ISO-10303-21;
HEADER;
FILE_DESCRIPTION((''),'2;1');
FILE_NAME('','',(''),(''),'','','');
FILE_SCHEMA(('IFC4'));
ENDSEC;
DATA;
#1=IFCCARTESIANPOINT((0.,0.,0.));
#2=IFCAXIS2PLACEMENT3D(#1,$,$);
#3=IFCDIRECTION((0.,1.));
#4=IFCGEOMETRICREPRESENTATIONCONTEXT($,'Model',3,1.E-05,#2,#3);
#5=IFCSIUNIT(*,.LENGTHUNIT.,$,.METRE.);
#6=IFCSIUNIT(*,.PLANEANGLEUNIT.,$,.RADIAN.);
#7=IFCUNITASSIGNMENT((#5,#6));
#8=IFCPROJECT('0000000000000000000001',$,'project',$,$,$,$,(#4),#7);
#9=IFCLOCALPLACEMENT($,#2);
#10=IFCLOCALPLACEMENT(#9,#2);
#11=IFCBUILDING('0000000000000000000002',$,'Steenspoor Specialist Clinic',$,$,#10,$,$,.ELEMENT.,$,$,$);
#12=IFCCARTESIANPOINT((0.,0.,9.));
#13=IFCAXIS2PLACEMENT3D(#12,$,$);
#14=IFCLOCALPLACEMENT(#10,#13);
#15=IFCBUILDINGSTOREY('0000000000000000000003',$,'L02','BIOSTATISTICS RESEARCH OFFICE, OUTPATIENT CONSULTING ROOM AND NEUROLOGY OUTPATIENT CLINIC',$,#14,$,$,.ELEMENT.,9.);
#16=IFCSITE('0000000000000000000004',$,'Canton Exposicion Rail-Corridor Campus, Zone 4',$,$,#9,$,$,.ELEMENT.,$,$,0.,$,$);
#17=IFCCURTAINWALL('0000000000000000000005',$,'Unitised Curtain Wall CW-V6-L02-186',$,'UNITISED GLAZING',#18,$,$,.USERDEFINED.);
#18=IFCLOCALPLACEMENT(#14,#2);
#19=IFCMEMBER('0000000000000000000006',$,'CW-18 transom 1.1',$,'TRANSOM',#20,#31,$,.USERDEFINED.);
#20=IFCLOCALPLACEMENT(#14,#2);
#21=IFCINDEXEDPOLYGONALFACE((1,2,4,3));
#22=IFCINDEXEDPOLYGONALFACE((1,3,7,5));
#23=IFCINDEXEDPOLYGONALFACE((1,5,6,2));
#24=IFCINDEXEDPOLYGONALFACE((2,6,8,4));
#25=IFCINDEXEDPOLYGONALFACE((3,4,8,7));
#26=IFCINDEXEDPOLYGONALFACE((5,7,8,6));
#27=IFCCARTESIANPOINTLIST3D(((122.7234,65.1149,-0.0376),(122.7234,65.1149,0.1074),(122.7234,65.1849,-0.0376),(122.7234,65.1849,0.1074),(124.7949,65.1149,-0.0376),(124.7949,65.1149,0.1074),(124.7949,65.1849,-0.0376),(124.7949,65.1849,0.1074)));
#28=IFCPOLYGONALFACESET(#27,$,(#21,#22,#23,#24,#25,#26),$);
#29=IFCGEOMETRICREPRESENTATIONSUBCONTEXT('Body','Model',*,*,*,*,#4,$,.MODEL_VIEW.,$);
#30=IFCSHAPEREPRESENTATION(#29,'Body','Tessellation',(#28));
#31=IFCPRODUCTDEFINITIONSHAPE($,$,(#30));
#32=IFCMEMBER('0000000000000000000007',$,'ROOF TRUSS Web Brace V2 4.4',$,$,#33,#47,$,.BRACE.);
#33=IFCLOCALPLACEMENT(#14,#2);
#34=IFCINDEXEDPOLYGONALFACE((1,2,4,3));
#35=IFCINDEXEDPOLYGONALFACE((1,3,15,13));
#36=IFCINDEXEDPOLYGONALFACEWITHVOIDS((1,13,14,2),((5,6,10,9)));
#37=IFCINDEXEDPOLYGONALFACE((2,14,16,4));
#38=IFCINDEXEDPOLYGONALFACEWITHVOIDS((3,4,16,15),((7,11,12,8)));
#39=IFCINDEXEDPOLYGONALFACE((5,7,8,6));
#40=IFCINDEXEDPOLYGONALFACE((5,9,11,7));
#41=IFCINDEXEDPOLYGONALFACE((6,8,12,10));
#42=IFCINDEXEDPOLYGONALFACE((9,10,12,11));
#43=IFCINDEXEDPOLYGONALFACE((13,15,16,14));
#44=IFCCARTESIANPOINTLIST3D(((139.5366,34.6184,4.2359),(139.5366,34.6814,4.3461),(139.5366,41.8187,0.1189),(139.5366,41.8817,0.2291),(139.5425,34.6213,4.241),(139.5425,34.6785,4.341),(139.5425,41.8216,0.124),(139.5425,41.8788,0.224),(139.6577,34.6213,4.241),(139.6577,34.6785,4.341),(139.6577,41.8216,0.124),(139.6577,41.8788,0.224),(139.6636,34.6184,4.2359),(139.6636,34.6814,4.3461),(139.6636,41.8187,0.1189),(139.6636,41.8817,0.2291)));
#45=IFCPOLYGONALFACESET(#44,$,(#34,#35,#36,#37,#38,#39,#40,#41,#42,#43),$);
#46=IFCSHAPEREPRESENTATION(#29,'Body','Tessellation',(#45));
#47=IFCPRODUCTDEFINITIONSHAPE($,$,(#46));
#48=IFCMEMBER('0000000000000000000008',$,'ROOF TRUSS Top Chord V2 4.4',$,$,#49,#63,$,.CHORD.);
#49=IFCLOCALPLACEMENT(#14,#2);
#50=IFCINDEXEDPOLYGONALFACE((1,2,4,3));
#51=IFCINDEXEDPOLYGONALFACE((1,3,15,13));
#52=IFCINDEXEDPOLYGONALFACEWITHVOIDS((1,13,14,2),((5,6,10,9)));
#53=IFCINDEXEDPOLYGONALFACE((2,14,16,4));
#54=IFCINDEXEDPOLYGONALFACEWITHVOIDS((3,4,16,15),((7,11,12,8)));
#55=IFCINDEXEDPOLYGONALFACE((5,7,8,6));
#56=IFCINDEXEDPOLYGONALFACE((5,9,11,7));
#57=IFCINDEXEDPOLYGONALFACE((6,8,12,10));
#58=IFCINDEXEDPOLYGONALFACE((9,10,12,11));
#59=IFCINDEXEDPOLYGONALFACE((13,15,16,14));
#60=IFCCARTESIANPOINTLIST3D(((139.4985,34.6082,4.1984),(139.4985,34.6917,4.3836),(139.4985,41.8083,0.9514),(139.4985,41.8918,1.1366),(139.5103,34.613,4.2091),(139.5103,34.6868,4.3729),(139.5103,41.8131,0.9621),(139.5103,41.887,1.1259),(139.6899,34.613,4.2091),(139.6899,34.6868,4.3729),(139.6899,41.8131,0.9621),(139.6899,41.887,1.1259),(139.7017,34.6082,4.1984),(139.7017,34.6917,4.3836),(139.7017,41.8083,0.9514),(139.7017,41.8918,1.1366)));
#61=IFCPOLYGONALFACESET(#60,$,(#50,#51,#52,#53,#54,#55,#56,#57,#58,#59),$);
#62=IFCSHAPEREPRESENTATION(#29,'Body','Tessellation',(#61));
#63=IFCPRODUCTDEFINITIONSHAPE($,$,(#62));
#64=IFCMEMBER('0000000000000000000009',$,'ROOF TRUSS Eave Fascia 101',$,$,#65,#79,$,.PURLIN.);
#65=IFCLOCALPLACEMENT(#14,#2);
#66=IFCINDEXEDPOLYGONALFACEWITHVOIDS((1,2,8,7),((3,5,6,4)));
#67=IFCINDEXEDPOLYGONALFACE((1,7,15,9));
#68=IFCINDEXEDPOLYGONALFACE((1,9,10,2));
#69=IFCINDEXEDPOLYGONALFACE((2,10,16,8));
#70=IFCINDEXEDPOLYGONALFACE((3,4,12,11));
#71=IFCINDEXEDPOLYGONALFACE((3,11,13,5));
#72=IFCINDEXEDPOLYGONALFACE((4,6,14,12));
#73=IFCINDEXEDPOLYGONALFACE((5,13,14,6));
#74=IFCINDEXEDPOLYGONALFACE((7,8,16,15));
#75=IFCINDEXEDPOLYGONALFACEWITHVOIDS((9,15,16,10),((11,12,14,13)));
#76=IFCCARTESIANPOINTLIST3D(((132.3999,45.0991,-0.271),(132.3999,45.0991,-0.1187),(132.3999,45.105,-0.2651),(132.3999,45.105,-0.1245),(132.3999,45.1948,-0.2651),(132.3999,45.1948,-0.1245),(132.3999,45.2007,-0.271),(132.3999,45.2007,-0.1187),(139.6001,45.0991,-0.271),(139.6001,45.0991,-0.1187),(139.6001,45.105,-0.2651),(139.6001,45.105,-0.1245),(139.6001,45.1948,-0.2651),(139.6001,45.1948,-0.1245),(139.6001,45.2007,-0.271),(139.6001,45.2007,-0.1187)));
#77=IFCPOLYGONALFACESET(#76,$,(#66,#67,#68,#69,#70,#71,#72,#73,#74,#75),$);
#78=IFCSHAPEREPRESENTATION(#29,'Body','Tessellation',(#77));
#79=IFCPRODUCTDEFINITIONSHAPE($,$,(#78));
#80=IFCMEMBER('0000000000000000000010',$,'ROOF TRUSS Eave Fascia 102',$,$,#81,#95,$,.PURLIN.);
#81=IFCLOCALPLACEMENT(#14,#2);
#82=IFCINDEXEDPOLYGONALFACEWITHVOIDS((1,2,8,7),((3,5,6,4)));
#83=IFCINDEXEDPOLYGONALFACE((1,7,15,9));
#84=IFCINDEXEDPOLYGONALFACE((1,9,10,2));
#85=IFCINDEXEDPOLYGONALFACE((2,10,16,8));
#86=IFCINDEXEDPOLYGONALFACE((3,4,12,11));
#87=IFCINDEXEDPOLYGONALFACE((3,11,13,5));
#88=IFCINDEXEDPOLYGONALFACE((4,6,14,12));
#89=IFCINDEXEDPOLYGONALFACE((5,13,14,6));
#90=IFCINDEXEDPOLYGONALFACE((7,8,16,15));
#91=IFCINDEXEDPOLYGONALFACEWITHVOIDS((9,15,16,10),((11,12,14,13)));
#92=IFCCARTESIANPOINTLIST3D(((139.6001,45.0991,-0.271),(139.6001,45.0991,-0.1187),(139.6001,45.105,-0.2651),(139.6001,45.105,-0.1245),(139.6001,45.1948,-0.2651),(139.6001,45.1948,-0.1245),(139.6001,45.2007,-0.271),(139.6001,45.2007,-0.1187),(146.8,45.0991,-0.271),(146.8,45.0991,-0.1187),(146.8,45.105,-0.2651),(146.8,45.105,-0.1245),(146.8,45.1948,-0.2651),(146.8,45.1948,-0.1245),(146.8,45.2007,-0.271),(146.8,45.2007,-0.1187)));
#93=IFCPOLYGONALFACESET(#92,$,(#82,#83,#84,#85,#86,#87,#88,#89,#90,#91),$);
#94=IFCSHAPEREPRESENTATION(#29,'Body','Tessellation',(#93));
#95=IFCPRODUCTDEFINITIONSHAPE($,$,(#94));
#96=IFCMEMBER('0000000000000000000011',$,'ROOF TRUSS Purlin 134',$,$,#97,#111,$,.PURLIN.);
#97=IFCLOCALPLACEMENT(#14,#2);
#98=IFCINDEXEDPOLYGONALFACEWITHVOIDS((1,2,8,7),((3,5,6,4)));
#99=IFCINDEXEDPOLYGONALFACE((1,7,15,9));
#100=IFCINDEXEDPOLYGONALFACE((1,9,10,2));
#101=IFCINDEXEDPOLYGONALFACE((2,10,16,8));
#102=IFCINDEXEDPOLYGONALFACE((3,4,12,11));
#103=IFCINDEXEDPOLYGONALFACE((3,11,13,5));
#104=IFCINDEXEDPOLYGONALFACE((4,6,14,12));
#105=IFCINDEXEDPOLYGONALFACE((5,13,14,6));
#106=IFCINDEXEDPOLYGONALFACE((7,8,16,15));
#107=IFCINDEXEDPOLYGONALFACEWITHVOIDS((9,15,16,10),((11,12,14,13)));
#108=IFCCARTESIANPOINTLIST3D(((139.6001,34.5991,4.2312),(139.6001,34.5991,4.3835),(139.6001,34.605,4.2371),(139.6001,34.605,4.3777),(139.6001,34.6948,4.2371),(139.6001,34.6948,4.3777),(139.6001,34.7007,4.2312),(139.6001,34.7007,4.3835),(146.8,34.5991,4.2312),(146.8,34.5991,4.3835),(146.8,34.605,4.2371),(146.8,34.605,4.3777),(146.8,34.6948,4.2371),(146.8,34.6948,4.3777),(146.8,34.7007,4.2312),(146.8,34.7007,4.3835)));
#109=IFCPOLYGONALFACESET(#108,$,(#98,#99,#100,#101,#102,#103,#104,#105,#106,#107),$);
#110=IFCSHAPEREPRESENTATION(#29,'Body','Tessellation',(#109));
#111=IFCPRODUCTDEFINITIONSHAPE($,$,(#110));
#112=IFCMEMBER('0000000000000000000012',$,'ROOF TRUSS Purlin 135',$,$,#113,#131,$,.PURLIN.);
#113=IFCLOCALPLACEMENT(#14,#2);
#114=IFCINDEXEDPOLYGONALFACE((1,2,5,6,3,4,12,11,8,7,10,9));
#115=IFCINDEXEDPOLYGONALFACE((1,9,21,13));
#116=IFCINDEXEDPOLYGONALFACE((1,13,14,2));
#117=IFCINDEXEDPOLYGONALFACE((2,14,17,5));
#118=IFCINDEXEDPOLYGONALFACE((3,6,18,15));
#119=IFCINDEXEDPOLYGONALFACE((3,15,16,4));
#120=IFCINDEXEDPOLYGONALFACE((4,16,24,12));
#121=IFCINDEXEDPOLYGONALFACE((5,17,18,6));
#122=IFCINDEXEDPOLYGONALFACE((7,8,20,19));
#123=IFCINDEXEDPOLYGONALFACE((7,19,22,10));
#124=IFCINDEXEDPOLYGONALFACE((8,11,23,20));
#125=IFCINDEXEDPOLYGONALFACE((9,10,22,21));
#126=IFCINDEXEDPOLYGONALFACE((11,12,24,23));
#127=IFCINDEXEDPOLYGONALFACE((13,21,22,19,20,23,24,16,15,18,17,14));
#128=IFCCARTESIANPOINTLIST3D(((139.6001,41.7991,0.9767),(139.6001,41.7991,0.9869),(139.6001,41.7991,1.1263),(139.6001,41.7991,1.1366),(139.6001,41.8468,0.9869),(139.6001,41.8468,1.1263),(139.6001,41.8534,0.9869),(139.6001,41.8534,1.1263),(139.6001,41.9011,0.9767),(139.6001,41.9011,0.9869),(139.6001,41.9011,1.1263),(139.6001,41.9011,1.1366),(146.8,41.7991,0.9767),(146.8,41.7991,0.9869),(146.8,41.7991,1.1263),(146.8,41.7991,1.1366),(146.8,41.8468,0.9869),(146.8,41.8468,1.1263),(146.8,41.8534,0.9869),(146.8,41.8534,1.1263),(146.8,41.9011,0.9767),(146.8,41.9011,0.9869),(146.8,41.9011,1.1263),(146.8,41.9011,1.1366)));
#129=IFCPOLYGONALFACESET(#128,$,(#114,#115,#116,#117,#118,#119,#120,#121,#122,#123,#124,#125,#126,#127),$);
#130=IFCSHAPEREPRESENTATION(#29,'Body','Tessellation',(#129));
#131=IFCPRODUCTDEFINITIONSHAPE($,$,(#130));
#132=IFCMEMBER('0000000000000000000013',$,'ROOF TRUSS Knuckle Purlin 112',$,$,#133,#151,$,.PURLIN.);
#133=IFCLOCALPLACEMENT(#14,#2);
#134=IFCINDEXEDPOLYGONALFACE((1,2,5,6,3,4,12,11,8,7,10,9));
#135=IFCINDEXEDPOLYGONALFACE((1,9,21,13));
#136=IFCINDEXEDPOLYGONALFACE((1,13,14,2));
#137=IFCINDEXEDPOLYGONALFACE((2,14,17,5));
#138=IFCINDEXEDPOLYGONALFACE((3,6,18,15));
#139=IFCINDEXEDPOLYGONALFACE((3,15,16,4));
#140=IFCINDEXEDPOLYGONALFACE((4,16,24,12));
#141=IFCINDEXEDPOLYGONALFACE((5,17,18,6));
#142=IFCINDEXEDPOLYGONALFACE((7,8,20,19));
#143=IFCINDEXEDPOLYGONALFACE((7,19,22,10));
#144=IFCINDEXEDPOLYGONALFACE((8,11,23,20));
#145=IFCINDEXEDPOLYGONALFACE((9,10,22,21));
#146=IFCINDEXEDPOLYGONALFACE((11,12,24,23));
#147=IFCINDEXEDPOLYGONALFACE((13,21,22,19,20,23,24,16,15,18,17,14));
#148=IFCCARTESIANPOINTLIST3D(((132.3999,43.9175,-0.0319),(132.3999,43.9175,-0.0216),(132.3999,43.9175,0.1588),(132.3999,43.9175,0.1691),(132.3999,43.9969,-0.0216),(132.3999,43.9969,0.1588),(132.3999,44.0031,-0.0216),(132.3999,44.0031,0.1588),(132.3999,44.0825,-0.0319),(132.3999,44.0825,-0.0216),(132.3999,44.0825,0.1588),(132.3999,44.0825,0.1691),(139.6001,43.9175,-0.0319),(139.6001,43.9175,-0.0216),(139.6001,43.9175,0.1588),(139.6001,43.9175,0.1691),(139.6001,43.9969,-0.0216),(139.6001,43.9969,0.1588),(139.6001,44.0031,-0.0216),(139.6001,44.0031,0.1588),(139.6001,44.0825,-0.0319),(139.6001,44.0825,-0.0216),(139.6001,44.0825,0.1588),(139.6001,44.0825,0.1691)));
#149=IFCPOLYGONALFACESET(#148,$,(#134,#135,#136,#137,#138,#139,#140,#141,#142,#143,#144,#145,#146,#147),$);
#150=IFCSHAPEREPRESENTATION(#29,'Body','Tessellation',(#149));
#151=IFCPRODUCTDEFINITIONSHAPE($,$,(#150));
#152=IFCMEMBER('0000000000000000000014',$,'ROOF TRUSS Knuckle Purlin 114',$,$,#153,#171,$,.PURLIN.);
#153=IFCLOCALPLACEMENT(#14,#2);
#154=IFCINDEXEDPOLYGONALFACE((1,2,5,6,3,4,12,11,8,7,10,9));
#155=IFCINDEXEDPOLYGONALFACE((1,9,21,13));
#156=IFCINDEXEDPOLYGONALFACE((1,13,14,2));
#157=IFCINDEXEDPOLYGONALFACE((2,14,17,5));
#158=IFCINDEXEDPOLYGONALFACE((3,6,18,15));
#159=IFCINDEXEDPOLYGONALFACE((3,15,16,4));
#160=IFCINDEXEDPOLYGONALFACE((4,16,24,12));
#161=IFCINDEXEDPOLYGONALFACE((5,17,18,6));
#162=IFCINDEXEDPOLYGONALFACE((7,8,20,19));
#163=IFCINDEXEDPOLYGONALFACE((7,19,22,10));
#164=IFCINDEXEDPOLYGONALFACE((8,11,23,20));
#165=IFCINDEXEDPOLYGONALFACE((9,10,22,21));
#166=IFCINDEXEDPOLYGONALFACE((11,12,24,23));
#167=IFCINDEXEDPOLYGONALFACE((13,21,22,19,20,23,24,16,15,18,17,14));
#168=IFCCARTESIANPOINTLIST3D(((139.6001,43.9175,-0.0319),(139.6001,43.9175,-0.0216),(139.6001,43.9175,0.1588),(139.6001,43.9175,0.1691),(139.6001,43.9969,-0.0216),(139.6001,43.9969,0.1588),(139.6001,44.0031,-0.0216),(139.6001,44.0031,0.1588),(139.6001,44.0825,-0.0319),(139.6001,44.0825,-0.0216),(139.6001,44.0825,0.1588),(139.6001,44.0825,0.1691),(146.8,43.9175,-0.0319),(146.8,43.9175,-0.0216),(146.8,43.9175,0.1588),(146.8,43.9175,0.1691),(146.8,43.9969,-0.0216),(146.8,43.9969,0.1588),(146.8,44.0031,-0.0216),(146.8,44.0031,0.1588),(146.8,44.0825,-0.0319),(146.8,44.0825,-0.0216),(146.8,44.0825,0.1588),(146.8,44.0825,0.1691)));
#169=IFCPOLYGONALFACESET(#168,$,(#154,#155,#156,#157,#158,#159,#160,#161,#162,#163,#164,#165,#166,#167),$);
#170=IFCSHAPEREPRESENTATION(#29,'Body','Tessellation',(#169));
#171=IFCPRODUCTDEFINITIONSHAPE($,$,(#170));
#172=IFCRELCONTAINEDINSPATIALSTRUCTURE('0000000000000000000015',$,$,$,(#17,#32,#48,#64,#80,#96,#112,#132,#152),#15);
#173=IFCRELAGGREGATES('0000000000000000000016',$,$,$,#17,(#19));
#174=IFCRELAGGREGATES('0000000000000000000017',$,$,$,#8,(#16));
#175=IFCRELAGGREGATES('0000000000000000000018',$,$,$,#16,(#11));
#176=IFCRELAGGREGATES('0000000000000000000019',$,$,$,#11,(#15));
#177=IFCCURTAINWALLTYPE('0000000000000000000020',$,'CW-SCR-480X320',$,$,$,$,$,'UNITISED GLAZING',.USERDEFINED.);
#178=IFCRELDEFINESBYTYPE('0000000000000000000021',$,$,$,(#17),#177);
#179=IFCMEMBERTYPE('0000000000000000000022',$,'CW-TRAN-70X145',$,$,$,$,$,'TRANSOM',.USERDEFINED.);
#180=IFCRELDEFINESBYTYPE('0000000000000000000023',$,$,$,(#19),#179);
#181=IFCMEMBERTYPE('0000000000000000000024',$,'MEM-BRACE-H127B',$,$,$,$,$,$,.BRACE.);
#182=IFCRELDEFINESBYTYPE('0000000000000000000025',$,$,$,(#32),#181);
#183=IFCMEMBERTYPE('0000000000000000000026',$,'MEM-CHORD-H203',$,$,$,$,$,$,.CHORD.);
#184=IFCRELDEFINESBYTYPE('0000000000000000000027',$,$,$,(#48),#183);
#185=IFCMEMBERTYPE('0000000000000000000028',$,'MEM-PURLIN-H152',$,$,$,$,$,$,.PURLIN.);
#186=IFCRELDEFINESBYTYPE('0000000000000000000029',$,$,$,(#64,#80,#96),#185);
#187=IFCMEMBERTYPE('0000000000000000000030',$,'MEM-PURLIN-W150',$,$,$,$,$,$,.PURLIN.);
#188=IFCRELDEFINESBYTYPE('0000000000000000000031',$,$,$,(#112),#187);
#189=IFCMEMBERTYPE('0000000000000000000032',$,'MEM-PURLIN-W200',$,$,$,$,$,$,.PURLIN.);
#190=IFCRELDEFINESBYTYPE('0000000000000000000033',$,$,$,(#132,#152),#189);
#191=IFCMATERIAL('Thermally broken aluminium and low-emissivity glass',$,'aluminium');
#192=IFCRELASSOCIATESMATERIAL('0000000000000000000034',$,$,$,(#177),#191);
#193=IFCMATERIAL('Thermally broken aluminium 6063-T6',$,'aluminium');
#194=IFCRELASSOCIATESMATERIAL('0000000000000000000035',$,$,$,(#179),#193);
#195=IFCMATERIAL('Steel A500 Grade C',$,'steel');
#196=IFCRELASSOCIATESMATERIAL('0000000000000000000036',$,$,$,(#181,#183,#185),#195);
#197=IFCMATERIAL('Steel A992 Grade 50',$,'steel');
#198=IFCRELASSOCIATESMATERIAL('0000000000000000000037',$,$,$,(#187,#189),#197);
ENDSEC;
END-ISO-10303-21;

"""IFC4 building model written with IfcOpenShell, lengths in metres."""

from ifc_helpers import new_model, si_unit, direction, frame, origin, origin_2d, place, context, subcontext, project, spatial, rectangle, hollow_rectangle, i_section, extrude, material, material_profile, profile_set, type_object, element, aggregate, save


model = new_model("IFC4")

# Units and contexts
model_context = context("Model", 3, precision=1e-05, world=origin(), true_north=direction((0.0, 1.0)))
body_context = subcontext(model_context, "Body", "Model", "MODEL_VIEW")
ifc_project = project(units=[si_unit("LENGTHUNIT", "METRE"), si_unit("PLANEANGLEUNIT", "RADIAN")], contexts=[model_context])

# Site, building, storey
site_placement = place(None, origin())
site = spatial("IfcSite", under=ifc_project, at=site_placement, Name="Canton Exposicion Rail-Corridor Campus, Zone 4", CompositionType="ELEMENT", RefElevation=0.0)
building_placement = place(site_placement, origin())
building = spatial("IfcBuilding", under=site, at=building_placement, Name="Steenspoor Specialist Clinic", CompositionType="ELEMENT")
storey_placement = place(building_placement, frame((0.0, 0.0, 9.0)))
storey = spatial("IfcBuildingStorey", under=building, at=storey_placement, Name="L02", Description="BIOSTATISTICS RESEARCH OFFICE, OUTPATIENT CONSULTING ROOM AND NEUROLOGY OUTPATIENT CLINIC", CompositionType="ELEMENT", Elevation=9.0)

# Curtain wall, member
ifc_material_1 = material(Name="Thermally broken aluminium and low-emissivity glass", Category="aluminium")
curtain_wall_type = type_object("IfcCurtainWallType", Name="CW-SCR-480X320", ElementType="UNITISED GLAZING", PredefinedType="USERDEFINED", material=ifc_material_1)
curtain_wall_placement = place(storey_placement, origin())
curtain_wall = element("IfcCurtainWall", 1, at=curtain_wall_placement, inside=storey, type_object=curtain_wall_type, Name="Unitised Curtain Wall CW-V6-L02-186", ObjectType="UNITISED GLAZING", PredefinedType="USERDEFINED")
ifc_material_2 = material(Name="Thermally broken aluminium 6063-T6", Category="aluminium")
ifc_material_profile_1 = material_profile(ifc_material_2, rectangle(XDim=0.0701, YDim=0.145, at=origin_2d()), Name="CWT-70X145")
ifc_profile_set_1 = profile_set([ifc_material_profile_1], Name="Thermally broken aluminium 6063-T6")
member_type_1 = type_object("IfcMemberType", Name="CW-TRAN-70X145", ElementType="TRANSOM", PredefinedType="USERDEFINED", material=ifc_profile_set_1)
member_1_placement = place(storey_placement, frame((124.7949, 65.1499, 0.0349), z_axis=(-1.0, 0.0, 0.0), x_axis=(0.0, -1.0, 0.0)))
member_1 = element("IfcMember", 2, at=member_1_placement, type_object=member_type_1, Name="CW-18 transom 1.1", ObjectType="TRANSOM", PredefinedType="USERDEFINED", context=body_context, shape_type="SweptSolid", body=[
    extrude(rectangle(XDim=0.0701, YDim=0.145, at=origin_2d()), origin(), (0.0, 0.0, 1.0), 2.0715),
])

# Members
ifc_material_3 = material(Name="Steel A500 Grade C", Category="steel")
ifc_material_profile_2 = material_profile(ifc_material_3, hollow_rectangle(XDim=0.127, YDim=0.127, WallThickness=0.0059, at=origin_2d()), Name="HSS127X127X6.4")
ifc_profile_set_2 = profile_set([ifc_material_profile_2], Name="Steel A500 Grade C")
member_type_2 = type_object("IfcMemberType", Name="MEM-BRACE-H127B", PredefinedType="BRACE", material=ifc_profile_set_2)
member_2_placement = place(storey_placement, frame((139.6001, 34.6499, 4.291), z_axis=(0.0, 0.868111, -0.49637), x_axis=(-1.0, 0.0, 0.0)))
element("IfcMember", 3, at=member_2_placement, inside=storey, type_object=member_type_2, Name="ROOF TRUSS Web Brace V2 4.4", PredefinedType="BRACE", context=body_context, shape_type="SweptSolid", body=[
    extrude(hollow_rectangle(XDim=0.127, YDim=0.127, WallThickness=0.0059, at=origin_2d()), origin(), (0.0, 0.0, 1.0), 8.2942),
])
ifc_material_profile_3 = material_profile(ifc_material_3, hollow_rectangle(XDim=0.2031, YDim=0.2031, WallThickness=0.0117, at=origin_2d()), Name="HSS203X203X12.7")
ifc_profile_set_3 = profile_set([ifc_material_profile_3], Name="Steel A500 Grade C")
member_type_3 = type_object("IfcMemberType", Name="MEM-CHORD-H203", PredefinedType="CHORD", material=ifc_profile_set_3)
member_3_placement = place(storey_placement, frame((139.6001, 34.6499, 4.291), z_axis=(0.0, 0.91159, -0.4111), x_axis=(-1.0, 0.0, 0.0)))
element("IfcMember", 4, at=member_3_placement, inside=storey, type_object=member_type_3, Name="ROOF TRUSS Top Chord V2 4.4", PredefinedType="CHORD", context=body_context, shape_type="SweptSolid", body=[
    extrude(hollow_rectangle(XDim=0.2031, YDim=0.2031, WallThickness=0.0117, at=origin_2d()), origin(), (0.0, 0.0, 1.0), 7.8984),
])
ifc_material_profile_4 = material_profile(ifc_material_3, hollow_rectangle(XDim=0.1016, YDim=0.1523, WallThickness=0.0059, at=origin_2d()), Name="HSS152X102X6.4")
ifc_profile_set_4 = profile_set([ifc_material_profile_4], Name="Steel A500 Grade C")
member_type_4 = type_object("IfcMemberType", Name="MEM-PURLIN-H152", PredefinedType="PURLIN", material=ifc_profile_set_4)
member_4_placement = place(storey_placement, frame((132.3999, 45.1499, -0.1948), z_axis=(1.0, 0.0, 0.0), x_axis=(0.0, 1.0, 0.0)))
element("IfcMember", 5, at=member_4_placement, inside=storey, type_object=member_type_4, Name="ROOF TRUSS Eave Fascia 101", PredefinedType="PURLIN", context=body_context, shape_type="SweptSolid", body=[
    extrude(hollow_rectangle(XDim=0.1016, YDim=0.1523, WallThickness=0.0059, at=origin_2d()), origin(), (0.0, 0.0, 1.0), 7.2002),
])
for number, where, z_axis, x_axis, name in (
    (6, (139.6001, 45.1499, -0.1948), (1.0, 0.0, 0.0), (0.0, 1.0, 0.0), "ROOF TRUSS Eave Fascia 102"),
    (7, (139.6001, 34.6499, 4.3074), (1.0, 0.0, 0.0), (0.0, 1.0, 0.0), "ROOF TRUSS Purlin 134"),
):
    element("IfcMember", number, at=place(storey_placement, frame(where, z_axis=z_axis, x_axis=x_axis)), inside=storey, type_object=member_type_4, Name=name, PredefinedType="PURLIN", context=body_context, shape_type="SweptSolid", body=[
        extrude(hollow_rectangle(XDim=0.1016, YDim=0.1523, WallThickness=0.0059, at=origin_2d()), origin(), (0.0, 0.0, 1.0), 7.2),
    ])
ifc_material_4 = material(Name="Steel A992 Grade 50", Category="steel")
ifc_material_profile_5 = material_profile(ifc_material_4, i_section(OverallWidth=0.1021, OverallDepth=0.1599, WebThickness=0.0066, FlangeThickness=0.0103, at=origin_2d()), Name="W150X24")
ifc_profile_set_5 = profile_set([ifc_material_profile_5], Name="Steel A992 Grade 50")
member_type_5 = type_object("IfcMemberType", Name="MEM-PURLIN-W150", PredefinedType="PURLIN", material=ifc_profile_set_5)
member_5_placement = place(storey_placement, frame((139.6001, 41.8501, 1.0566), z_axis=(1.0, 0.0, 0.0), x_axis=(0.0, 1.0, 0.0)))
element("IfcMember", 8, at=member_5_placement, inside=storey, type_object=member_type_5, Name="ROOF TRUSS Purlin 135", PredefinedType="PURLIN", context=body_context, shape_type="SweptSolid", body=[
    extrude(i_section(OverallWidth=0.1021, OverallDepth=0.1599, WebThickness=0.0066, FlangeThickness=0.0103, at=origin_2d()), origin(), (0.0, 0.0, 1.0), 7.2),
])
ifc_material_profile_6 = material_profile(ifc_material_4, i_section(OverallWidth=0.165, OverallDepth=0.2009, WebThickness=0.0061, FlangeThickness=0.0103, at=origin_2d()), Name="W200X36")
ifc_profile_set_6 = profile_set([ifc_material_profile_6], Name="Steel A992 Grade 50")
member_type_6 = type_object("IfcMemberType", Name="MEM-PURLIN-W200", PredefinedType="PURLIN", material=ifc_profile_set_6)
member_6_placement = place(storey_placement, frame((132.3999, 44.0, 0.0686), z_axis=(1.0, 0.0, 0.0), x_axis=(0.0, 1.0, 0.0)))
element("IfcMember", 9, at=member_6_placement, inside=storey, type_object=member_type_6, Name="ROOF TRUSS Knuckle Purlin 112", PredefinedType="PURLIN", context=body_context, shape_type="SweptSolid", body=[
    extrude(i_section(OverallWidth=0.165, OverallDepth=0.2009, WebThickness=0.0061, FlangeThickness=0.0103, at=origin_2d()), origin(), (0.0, 0.0, 1.0), 7.2002),
])
member_7_placement = place(storey_placement, frame((139.6001, 44.0, 0.0686), z_axis=(1.0, 0.0, 0.0), x_axis=(0.0, 1.0, 0.0)))
element("IfcMember", 10, at=member_7_placement, inside=storey, type_object=member_type_6, Name="ROOF TRUSS Knuckle Purlin 114", PredefinedType="PURLIN", context=body_context, shape_type="SweptSolid", body=[
    extrude(i_section(OverallWidth=0.165, OverallDepth=0.2009, WebThickness=0.0061, FlangeThickness=0.0103, at=origin_2d()), origin(), (0.0, 0.0, 1.0), 7.2),
])

aggregate(curtain_wall, [member_1])

save(model, "model.ifc")
